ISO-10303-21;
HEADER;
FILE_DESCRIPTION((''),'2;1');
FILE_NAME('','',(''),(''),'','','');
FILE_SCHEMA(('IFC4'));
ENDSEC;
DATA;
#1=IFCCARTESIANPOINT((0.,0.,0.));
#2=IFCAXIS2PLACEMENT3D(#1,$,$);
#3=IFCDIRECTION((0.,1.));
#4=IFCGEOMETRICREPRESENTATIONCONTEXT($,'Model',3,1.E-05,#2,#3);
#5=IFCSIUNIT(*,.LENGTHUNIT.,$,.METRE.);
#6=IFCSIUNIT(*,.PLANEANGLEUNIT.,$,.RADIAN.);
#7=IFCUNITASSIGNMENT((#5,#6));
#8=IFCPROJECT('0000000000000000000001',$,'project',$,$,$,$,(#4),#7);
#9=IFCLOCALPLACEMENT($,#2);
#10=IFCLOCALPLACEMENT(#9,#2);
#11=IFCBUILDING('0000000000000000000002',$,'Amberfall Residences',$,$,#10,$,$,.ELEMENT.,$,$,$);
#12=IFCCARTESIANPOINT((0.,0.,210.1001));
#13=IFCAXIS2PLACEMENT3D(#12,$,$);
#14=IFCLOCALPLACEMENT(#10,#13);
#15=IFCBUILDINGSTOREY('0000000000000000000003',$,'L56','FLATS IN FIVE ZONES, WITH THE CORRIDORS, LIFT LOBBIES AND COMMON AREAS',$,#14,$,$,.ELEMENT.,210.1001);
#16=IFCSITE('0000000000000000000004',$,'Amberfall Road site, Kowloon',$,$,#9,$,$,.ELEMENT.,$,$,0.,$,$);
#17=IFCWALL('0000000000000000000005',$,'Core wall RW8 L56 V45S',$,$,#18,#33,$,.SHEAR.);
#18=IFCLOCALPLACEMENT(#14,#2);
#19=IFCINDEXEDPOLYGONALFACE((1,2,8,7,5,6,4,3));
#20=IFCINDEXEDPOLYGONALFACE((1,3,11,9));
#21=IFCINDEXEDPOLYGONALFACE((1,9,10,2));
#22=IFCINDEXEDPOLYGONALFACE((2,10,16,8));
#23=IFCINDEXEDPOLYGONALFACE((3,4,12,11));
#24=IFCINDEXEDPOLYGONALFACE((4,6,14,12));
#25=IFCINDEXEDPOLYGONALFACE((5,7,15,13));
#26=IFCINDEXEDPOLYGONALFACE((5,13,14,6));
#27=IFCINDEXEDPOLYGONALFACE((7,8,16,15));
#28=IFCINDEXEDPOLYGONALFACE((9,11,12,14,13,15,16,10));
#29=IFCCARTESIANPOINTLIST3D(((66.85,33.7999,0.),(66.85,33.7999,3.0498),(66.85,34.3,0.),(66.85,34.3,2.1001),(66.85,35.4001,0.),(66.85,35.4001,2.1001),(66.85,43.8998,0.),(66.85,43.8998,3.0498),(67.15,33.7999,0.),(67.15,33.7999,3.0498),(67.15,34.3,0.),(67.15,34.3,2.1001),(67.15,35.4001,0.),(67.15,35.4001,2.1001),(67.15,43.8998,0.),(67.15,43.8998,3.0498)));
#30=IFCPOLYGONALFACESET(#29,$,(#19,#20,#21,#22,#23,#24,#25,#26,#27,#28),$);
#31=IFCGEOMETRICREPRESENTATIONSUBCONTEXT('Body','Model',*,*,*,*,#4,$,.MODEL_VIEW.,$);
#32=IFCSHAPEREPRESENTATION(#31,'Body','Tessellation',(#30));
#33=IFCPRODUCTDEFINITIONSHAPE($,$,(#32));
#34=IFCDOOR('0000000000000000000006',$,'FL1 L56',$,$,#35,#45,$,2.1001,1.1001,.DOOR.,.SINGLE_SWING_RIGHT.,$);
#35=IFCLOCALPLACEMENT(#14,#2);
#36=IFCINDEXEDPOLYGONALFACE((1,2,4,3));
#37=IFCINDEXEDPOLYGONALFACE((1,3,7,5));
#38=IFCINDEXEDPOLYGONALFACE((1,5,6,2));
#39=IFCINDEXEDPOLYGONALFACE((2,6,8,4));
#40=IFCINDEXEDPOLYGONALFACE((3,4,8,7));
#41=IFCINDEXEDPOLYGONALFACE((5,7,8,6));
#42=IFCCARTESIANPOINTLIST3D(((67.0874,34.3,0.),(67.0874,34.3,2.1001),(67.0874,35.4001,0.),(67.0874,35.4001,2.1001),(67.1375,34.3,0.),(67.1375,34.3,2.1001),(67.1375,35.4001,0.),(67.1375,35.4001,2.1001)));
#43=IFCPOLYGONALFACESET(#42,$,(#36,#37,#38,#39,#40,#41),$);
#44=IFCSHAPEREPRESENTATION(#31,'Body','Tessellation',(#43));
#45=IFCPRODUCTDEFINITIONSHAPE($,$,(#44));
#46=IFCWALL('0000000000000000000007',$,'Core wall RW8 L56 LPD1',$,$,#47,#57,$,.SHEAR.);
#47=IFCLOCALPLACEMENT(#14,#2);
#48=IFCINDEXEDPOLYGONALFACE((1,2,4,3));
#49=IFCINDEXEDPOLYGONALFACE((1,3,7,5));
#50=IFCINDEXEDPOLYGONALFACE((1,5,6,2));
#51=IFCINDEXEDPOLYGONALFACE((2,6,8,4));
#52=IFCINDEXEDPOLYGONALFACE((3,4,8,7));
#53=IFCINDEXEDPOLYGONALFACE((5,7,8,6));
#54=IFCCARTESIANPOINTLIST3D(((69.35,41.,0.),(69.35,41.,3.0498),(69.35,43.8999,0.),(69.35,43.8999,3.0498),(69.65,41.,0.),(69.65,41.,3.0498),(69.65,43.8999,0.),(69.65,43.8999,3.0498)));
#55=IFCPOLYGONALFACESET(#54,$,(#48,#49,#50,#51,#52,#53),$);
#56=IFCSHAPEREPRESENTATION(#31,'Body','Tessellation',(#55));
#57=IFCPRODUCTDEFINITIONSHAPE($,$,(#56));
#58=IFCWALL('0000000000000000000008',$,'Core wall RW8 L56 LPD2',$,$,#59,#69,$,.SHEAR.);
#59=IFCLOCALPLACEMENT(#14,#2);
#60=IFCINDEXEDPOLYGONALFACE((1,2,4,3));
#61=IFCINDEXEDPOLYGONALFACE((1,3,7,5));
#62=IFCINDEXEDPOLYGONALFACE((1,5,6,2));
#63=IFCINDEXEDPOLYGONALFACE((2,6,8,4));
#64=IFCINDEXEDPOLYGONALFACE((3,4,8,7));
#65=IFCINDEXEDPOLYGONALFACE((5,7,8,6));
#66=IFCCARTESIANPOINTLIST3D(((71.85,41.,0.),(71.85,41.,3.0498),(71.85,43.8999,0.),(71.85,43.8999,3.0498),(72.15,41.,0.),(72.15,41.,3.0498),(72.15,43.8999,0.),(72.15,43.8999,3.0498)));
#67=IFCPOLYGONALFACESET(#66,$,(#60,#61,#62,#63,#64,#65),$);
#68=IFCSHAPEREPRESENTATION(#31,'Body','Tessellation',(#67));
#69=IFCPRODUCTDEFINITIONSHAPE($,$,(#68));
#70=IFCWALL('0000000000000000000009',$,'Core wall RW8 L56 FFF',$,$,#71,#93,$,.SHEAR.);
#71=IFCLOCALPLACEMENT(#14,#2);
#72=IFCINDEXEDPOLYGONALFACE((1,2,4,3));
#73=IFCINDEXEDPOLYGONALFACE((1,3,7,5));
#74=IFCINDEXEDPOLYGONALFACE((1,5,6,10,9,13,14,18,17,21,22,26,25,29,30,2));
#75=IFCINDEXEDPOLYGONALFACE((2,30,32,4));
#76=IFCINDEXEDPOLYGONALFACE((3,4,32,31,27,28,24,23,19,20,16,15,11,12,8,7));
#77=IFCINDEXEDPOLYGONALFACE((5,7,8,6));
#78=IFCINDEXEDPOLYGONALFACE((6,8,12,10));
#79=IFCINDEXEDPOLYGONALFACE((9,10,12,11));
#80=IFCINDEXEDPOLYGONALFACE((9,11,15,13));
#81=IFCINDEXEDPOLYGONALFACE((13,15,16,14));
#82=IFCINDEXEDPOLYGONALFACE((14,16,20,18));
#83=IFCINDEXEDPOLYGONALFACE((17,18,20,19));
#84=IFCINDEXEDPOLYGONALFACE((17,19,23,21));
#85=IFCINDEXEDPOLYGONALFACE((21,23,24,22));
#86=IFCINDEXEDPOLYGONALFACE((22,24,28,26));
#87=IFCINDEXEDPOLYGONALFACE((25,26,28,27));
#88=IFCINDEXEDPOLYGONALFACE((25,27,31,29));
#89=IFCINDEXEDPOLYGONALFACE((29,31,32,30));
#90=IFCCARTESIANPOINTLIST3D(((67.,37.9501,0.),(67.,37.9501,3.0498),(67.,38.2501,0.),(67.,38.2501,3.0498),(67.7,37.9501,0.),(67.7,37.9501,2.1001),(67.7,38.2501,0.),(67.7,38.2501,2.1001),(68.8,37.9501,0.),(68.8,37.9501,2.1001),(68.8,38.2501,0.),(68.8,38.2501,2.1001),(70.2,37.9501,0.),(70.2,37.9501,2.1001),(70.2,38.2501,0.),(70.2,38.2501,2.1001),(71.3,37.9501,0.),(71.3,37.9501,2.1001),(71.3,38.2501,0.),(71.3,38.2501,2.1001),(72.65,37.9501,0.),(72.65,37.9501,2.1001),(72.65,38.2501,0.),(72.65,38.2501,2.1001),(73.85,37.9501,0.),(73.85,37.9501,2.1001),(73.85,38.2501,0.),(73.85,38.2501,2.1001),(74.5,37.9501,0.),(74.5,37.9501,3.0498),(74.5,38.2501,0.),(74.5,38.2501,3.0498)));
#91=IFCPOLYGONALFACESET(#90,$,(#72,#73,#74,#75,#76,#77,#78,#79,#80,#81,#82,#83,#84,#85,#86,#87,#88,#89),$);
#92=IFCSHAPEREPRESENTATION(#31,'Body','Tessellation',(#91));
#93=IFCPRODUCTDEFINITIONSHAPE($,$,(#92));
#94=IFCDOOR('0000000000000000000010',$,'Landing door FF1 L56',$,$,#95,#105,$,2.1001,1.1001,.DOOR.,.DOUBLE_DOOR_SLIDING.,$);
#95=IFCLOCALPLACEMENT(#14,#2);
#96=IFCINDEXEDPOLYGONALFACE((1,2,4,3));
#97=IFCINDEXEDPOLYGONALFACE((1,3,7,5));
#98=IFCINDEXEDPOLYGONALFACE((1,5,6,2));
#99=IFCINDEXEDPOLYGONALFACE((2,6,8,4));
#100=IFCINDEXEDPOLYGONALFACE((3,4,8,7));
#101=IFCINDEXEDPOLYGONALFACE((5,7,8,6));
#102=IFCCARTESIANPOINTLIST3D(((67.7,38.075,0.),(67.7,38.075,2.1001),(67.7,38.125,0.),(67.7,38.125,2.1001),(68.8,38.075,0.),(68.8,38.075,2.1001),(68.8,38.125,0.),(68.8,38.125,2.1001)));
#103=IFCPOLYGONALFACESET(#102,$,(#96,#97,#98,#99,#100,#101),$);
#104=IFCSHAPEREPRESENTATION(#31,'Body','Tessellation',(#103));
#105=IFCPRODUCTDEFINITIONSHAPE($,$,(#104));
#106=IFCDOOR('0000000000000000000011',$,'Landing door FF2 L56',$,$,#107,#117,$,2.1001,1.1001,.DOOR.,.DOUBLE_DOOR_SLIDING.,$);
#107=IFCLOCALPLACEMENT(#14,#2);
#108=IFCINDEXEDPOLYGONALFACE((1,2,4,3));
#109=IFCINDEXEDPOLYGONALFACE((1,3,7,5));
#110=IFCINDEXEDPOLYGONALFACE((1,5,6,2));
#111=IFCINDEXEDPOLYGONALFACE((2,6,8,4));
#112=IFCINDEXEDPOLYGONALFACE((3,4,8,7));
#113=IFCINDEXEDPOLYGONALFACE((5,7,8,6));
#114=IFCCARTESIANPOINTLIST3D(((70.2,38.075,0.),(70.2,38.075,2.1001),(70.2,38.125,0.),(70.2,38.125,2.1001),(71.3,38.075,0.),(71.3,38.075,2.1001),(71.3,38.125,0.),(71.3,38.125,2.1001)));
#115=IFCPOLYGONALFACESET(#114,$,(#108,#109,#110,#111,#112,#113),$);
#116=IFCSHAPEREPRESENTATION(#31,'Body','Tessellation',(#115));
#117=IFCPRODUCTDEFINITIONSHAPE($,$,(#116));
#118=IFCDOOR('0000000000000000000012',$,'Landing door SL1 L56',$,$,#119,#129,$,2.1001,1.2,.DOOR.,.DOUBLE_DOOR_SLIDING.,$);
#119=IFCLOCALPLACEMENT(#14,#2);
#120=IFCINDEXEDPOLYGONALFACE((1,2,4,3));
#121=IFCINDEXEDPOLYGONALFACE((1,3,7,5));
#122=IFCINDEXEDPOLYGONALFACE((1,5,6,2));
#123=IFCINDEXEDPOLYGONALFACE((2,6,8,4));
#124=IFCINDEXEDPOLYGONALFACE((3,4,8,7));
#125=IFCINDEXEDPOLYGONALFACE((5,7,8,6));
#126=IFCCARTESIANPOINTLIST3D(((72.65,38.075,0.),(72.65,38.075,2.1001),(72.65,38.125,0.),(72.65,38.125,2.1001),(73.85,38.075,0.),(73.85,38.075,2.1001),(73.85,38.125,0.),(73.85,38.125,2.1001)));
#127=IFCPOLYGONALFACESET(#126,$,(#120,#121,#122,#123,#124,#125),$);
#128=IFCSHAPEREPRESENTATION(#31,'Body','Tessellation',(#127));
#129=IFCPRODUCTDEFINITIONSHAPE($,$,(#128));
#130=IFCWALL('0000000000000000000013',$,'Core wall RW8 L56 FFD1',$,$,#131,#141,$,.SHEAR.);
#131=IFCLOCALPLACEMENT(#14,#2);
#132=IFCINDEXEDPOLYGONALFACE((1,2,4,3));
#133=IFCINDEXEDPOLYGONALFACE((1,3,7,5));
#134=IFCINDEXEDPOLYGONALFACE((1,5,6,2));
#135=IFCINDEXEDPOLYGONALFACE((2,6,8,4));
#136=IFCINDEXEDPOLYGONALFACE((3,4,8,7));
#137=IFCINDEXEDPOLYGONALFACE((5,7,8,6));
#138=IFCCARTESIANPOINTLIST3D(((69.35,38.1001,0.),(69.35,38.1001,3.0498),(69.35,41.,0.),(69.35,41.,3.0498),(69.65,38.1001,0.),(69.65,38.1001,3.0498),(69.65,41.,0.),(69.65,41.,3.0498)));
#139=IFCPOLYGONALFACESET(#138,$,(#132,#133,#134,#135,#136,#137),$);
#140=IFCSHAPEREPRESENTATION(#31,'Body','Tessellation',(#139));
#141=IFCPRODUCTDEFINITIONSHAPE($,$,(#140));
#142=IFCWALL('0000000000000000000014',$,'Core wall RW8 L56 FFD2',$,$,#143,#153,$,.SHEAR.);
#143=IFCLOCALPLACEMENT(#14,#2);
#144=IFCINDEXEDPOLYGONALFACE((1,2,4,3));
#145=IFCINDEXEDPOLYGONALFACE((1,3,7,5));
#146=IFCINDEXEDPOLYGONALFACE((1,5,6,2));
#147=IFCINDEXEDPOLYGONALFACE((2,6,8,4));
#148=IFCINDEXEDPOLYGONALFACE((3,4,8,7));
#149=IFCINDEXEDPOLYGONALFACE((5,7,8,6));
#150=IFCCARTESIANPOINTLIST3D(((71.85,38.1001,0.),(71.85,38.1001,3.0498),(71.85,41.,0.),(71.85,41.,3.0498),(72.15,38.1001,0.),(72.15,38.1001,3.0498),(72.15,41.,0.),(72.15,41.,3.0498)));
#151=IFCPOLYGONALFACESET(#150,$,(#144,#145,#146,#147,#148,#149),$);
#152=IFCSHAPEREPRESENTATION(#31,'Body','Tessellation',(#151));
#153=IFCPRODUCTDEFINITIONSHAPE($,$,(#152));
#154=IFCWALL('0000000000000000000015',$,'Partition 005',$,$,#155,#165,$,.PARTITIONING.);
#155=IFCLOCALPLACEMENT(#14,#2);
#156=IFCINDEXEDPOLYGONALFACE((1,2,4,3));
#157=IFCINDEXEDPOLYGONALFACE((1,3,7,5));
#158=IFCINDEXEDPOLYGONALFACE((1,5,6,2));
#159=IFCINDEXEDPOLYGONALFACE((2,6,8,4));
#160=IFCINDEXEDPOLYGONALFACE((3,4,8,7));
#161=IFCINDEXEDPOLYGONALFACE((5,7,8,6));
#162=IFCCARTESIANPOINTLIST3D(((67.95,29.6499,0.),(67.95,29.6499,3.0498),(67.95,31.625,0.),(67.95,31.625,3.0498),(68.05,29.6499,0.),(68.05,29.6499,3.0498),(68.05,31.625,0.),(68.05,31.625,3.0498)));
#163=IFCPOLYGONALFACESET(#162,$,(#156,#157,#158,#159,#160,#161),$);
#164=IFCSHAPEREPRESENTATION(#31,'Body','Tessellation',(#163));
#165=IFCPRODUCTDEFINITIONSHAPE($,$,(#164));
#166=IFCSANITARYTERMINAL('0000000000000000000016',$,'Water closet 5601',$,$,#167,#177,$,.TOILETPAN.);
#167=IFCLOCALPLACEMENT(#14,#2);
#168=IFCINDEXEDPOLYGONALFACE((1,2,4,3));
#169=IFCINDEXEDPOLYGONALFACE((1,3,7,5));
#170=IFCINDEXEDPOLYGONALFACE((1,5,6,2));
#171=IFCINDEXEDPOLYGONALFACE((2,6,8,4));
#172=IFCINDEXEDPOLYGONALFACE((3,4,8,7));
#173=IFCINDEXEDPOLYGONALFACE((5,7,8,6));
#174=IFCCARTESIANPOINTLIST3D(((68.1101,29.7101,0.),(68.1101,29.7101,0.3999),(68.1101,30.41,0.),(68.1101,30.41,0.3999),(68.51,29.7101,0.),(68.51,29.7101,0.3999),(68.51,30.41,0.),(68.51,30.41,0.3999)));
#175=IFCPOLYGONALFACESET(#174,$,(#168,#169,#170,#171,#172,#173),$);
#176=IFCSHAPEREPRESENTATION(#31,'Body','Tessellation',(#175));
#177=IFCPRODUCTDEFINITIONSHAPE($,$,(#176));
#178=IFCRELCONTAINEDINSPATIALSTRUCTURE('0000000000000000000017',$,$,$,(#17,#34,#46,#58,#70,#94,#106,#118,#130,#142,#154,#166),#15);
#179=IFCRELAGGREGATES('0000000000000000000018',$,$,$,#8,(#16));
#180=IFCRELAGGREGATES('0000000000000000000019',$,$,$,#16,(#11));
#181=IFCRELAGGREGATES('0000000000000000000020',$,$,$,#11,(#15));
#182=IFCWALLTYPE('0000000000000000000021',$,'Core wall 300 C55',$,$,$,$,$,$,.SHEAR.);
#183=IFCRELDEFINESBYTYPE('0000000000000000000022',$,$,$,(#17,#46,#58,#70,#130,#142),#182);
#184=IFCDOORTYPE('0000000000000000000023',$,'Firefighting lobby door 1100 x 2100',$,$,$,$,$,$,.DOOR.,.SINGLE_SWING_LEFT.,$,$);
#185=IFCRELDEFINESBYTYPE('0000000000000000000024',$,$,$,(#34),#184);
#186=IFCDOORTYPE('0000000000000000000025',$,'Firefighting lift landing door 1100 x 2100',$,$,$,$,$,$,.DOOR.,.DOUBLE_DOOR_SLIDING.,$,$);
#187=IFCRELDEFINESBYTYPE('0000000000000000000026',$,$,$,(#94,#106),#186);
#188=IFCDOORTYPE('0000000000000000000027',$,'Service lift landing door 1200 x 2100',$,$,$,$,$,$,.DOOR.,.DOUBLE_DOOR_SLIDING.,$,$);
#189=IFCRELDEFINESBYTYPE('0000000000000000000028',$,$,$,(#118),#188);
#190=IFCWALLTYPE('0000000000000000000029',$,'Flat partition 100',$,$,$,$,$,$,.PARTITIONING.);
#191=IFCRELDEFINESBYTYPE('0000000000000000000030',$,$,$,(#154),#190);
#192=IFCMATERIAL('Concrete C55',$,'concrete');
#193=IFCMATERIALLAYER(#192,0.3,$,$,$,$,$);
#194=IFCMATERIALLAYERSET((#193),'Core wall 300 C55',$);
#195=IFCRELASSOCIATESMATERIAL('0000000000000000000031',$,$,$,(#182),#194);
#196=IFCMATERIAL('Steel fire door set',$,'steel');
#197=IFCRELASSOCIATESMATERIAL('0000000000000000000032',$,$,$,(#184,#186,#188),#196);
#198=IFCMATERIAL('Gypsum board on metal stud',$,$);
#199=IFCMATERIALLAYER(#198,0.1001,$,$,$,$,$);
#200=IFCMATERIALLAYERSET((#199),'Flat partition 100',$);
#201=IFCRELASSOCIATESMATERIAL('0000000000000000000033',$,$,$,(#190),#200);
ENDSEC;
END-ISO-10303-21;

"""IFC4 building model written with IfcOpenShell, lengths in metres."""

from ifc_helpers import new_model, si_unit, direction, frame, frame_2d, origin, origin_2d, place, context, subcontext, project, spatial, rectangle, extrude, material, layer, layer_set, type_object, element, fill, save


model = new_model("IFC4")

# Units and contexts
model_context = context("Model", 3, precision=1e-05, world=origin(), true_north=direction((0.0, 1.0)))
body_context = subcontext(model_context, "Body", "Model", "MODEL_VIEW")
ifc_project = project(units=[si_unit("LENGTHUNIT", "METRE"), si_unit("PLANEANGLEUNIT", "RADIAN")], contexts=[model_context])

# Site, building, storey
site_placement = place(None, origin())
site = spatial("IfcSite", under=ifc_project, at=site_placement, Name="Amberfall Road site, Kowloon", CompositionType="ELEMENT", RefElevation=0.0)
building_placement = place(site_placement, origin())
building = spatial("IfcBuilding", under=site, at=building_placement, Name="Amberfall Residences", CompositionType="ELEMENT")
storey_placement = place(building_placement, frame((0.0, 0.0, 210.1001)))
storey = spatial("IfcBuildingStorey", under=building, at=storey_placement, Name="L56", Description="FLATS IN FIVE ZONES, WITH THE CORRIDORS, LIFT LOBBIES AND COMMON AREAS", CompositionType="ELEMENT", Elevation=210.1001)

# Wall, opening, door
ifc_material_1 = material(Name="Concrete C55", Category="concrete")
ifc_layer_1 = layer(ifc_material_1, 0.3)
ifc_layer_set_1 = layer_set([ifc_layer_1], Name="Core wall 300 C55")
wall_type_1 = type_object("IfcWallType", Name="Core wall 300 C55", PredefinedType="SHEAR", material=ifc_layer_set_1)
wall_1_placement = place(storey_placement, frame((67.0, 33.8, 0.0), z_axis=(0.0, 0.0, 1.0), x_axis=(0.0, 1.0, 0.0)))
wall_1 = element("IfcWall", 1, at=wall_1_placement, inside=storey, type_object=wall_type_1, Name="Core wall RW8 L56 V45S", PredefinedType="SHEAR", context=body_context, shape_type="SweptSolid", body=[
    extrude(rectangle(XDim=10.0999, YDim=0.3, at=frame_2d((5.0498, 0.0))), origin(), (0.0, 0.0, 1.0), 3.0498),
])
opening_1_placement = place(wall_1_placement, frame((0.5, 0.0, 0.0)))
opening_1 = element("IfcOpeningElement", 2, at=opening_1_placement, cuts=wall_1, PredefinedType="OPENING", context=body_context, shape_type="SweptSolid", body=[
    extrude(rectangle(XDim=1.1001, YDim=2.1001, at=frame_2d((0.55, 1.05))), frame((0.0, 0.1599, 0.0), z_axis=(0.0, -1.0, 0.0), x_axis=(1.0, 0.0, 0.0)), (0.0, 0.0, 1.0), 0.3201),
])
ifc_material_2 = material(Name="Steel fire door set", Category="steel")
door_type_1 = type_object("IfcDoorType", Name="Firefighting lobby door 1100 x 2100", OperationType="SINGLE_SWING_LEFT", PredefinedType="DOOR", material=ifc_material_2)
door_1_placement = place(opening_1_placement, origin())
door_1 = element("IfcDoor", 3, at=door_1_placement, inside=storey, type_object=door_type_1, Name="FL1 L56", OperationType="SINGLE_SWING_RIGHT", OverallHeight=2.1001, OverallWidth=1.1001, PredefinedType="DOOR", context=body_context, shape_type="SweptSolid", body=[
    extrude(rectangle(XDim=1.1001, YDim=2.1001, at=frame_2d((0.55, 1.05))), frame((0.0, -0.0874, 0.0), z_axis=(0.0, -1.0, 0.0), x_axis=(1.0, 0.0, 0.0)), (0.0, 0.0, 1.0), 0.05),
])
fill(opening_1, door_1)

# Walls
for number, where, z_axis, x_axis, name in (
    (4, (69.5, 41.0, 0.0), (0.0, 0.0, 1.0), (0.0, 1.0, 0.0), "Core wall RW8 L56 LPD1"),
    (5, (72.0, 41.0, 0.0), (0.0, 0.0, 1.0), (0.0, 1.0, 0.0), "Core wall RW8 L56 LPD2"),
):
    element("IfcWall", number, at=place(storey_placement, frame(where, z_axis=z_axis, x_axis=x_axis)), inside=storey, type_object=wall_type_1, Name=name, PredefinedType="SHEAR", context=body_context, shape_type="SweptSolid", body=[
        extrude(rectangle(XDim=2.8999, YDim=0.3, at=frame_2d((1.45, 0.0))), origin(), (0.0, 0.0, 1.0), 3.0498),
    ])

# Wall, openings, doors
wall_2_placement = place(storey_placement, frame((67.0, 38.1001, 0.0), z_axis=(0.0, 0.0, 1.0), x_axis=(1.0, 0.0, 0.0)))
wall_2 = element("IfcWall", 6, at=wall_2_placement, inside=storey, type_object=wall_type_1, Name="Core wall RW8 L56 FFF", PredefinedType="SHEAR", context=body_context, shape_type="SweptSolid", body=[
    extrude(rectangle(XDim=7.5, YDim=0.3, at=frame_2d((3.75, 0.0))), origin(), (0.0, 0.0, 1.0), 3.0498),
])
opening_2_placement = place(wall_2_placement, frame((0.7, 0.0, 0.0)))
opening_2 = element("IfcOpeningElement", 7, at=opening_2_placement, cuts=wall_2, PredefinedType="OPENING", context=body_context, shape_type="SweptSolid", body=[
    extrude(rectangle(XDim=1.1001, YDim=2.1001, at=frame_2d((0.55, 1.05))), frame((0.0, 0.1599, 0.0), z_axis=(0.0, -1.0, 0.0), x_axis=(1.0, 0.0, 0.0)), (0.0, 0.0, 1.0), 0.3201),
])
opening_3_placement = place(wall_2_placement, frame((3.2, 0.0, 0.0)))
opening_3 = element("IfcOpeningElement", 8, at=opening_3_placement, cuts=wall_2, PredefinedType="OPENING", context=body_context, shape_type="SweptSolid", body=[
    extrude(rectangle(XDim=1.1001, YDim=2.1001, at=frame_2d((0.55, 1.05))), frame((0.0, 0.1599, 0.0), z_axis=(0.0, -1.0, 0.0), x_axis=(1.0, 0.0, 0.0)), (0.0, 0.0, 1.0), 0.3201),
])
opening_4_placement = place(wall_2_placement, frame((5.6499, 0.0, 0.0)))
opening_4 = element("IfcOpeningElement", 9, at=opening_4_placement, cuts=wall_2, PredefinedType="OPENING", context=body_context, shape_type="SweptSolid", body=[
    extrude(rectangle(XDim=1.2, YDim=2.1001, at=frame_2d((0.6001, 1.05))), frame((0.0, 0.1599, 0.0), z_axis=(0.0, -1.0, 0.0), x_axis=(1.0, 0.0, 0.0)), (0.0, 0.0, 1.0), 0.3201),
])
door_type_2 = type_object("IfcDoorType", Name="Firefighting lift landing door 1100 x 2100", OperationType="DOUBLE_DOOR_SLIDING", PredefinedType="DOOR", material=ifc_material_2)
door_2_placement = place(opening_2_placement, origin())
door_2 = element("IfcDoor", 10, at=door_2_placement, inside=storey, type_object=door_type_2, Name="Landing door FF1 L56", OperationType="DOUBLE_DOOR_SLIDING", OverallHeight=2.1001, OverallWidth=1.1001, PredefinedType="DOOR", context=body_context, shape_type="SweptSolid", body=[
    extrude(rectangle(XDim=1.1001, YDim=2.1001, at=frame_2d((0.55, 1.05))), frame((0.0, 0.0249, 0.0), z_axis=(0.0, -1.0, 0.0), x_axis=(1.0, 0.0, 0.0)), (0.0, 0.0, 1.0), 0.05),
])
fill(opening_2, door_2)
door_3_placement = place(opening_3_placement, origin())
door_3 = element("IfcDoor", 11, at=door_3_placement, inside=storey, type_object=door_type_2, Name="Landing door FF2 L56", OperationType="DOUBLE_DOOR_SLIDING", OverallHeight=2.1001, OverallWidth=1.1001, PredefinedType="DOOR", context=body_context, shape_type="SweptSolid", body=[
    extrude(rectangle(XDim=1.1001, YDim=2.1001, at=frame_2d((0.55, 1.05))), frame((0.0, 0.0249, 0.0), z_axis=(0.0, -1.0, 0.0), x_axis=(1.0, 0.0, 0.0)), (0.0, 0.0, 1.0), 0.05),
])
fill(opening_3, door_3)
door_type_3 = type_object("IfcDoorType", Name="Service lift landing door 1200 x 2100", OperationType="DOUBLE_DOOR_SLIDING", PredefinedType="DOOR", material=ifc_material_2)
door_4_placement = place(opening_4_placement, origin())
door_4 = element("IfcDoor", 12, at=door_4_placement, inside=storey, type_object=door_type_3, Name="Landing door SL1 L56", OperationType="DOUBLE_DOOR_SLIDING", OverallHeight=2.1001, OverallWidth=1.2, PredefinedType="DOOR", context=body_context, shape_type="SweptSolid", body=[
    extrude(rectangle(XDim=1.2, YDim=2.1001, at=frame_2d((0.6001, 1.05))), frame((0.0, 0.0249, 0.0), z_axis=(0.0, -1.0, 0.0), x_axis=(1.0, 0.0, 0.0)), (0.0, 0.0, 1.0), 0.05),
])
fill(opening_4, door_4)

# Walls
for number, where, z_axis, x_axis, name in (
    (13, (69.5, 38.1001, 0.0), (0.0, 0.0, 1.0), (0.0, 1.0, 0.0), "Core wall RW8 L56 FFD1"),
    (14, (72.0, 38.1001, 0.0), (0.0, 0.0, 1.0), (0.0, 1.0, 0.0), "Core wall RW8 L56 FFD2"),
):
    element("IfcWall", number, at=place(storey_placement, frame(where, z_axis=z_axis, x_axis=x_axis)), inside=storey, type_object=wall_type_1, Name=name, PredefinedType="SHEAR", context=body_context, shape_type="SweptSolid", body=[
        extrude(rectangle(XDim=2.8999, YDim=0.3, at=frame_2d((1.45, 0.0))), origin(), (0.0, 0.0, 1.0), 3.0498),
    ])
ifc_material_3 = material(Name="Gypsum board on metal stud")
ifc_layer_2 = layer(ifc_material_3, 0.1001)
ifc_layer_set_2 = layer_set([ifc_layer_2], Name="Flat partition 100")
wall_type_2 = type_object("IfcWallType", Name="Flat partition 100", PredefinedType="PARTITIONING", material=ifc_layer_set_2)
wall_3_placement = place(storey_placement, frame((68.0, 29.6499, 0.0), z_axis=(0.0, 0.0, 1.0), x_axis=(0.0, 1.0, 0.0)))
element("IfcWall", 15, at=wall_3_placement, inside=storey, type_object=wall_type_2, Name="Partition 005", PredefinedType="PARTITIONING", context=body_context, shape_type="SweptSolid", body=[
    extrude(rectangle(XDim=1.9751, YDim=0.1001, at=frame_2d((0.9875, 0.0))), origin(), (0.0, 0.0, 1.0), 3.0498),
])

# Sanitary terminal
sanitary_terminal_1_placement = place(storey_placement, frame((68.3101, 30.0601, 0.0), z_axis=(0.0, 0.0, 1.0), x_axis=(1.0, 0.0, 0.0)))
element("IfcSanitaryTerminal", 16, at=sanitary_terminal_1_placement, inside=storey, Name="Water closet 5601", PredefinedType="TOILETPAN", context=body_context, shape_type="SweptSolid", body=[
    extrude(rectangle(XDim=0.3999, YDim=0.7, at=origin_2d()), origin(), (0.0, 0.0, 1.0), 0.3999),
])

save(model, "model.ifc")
